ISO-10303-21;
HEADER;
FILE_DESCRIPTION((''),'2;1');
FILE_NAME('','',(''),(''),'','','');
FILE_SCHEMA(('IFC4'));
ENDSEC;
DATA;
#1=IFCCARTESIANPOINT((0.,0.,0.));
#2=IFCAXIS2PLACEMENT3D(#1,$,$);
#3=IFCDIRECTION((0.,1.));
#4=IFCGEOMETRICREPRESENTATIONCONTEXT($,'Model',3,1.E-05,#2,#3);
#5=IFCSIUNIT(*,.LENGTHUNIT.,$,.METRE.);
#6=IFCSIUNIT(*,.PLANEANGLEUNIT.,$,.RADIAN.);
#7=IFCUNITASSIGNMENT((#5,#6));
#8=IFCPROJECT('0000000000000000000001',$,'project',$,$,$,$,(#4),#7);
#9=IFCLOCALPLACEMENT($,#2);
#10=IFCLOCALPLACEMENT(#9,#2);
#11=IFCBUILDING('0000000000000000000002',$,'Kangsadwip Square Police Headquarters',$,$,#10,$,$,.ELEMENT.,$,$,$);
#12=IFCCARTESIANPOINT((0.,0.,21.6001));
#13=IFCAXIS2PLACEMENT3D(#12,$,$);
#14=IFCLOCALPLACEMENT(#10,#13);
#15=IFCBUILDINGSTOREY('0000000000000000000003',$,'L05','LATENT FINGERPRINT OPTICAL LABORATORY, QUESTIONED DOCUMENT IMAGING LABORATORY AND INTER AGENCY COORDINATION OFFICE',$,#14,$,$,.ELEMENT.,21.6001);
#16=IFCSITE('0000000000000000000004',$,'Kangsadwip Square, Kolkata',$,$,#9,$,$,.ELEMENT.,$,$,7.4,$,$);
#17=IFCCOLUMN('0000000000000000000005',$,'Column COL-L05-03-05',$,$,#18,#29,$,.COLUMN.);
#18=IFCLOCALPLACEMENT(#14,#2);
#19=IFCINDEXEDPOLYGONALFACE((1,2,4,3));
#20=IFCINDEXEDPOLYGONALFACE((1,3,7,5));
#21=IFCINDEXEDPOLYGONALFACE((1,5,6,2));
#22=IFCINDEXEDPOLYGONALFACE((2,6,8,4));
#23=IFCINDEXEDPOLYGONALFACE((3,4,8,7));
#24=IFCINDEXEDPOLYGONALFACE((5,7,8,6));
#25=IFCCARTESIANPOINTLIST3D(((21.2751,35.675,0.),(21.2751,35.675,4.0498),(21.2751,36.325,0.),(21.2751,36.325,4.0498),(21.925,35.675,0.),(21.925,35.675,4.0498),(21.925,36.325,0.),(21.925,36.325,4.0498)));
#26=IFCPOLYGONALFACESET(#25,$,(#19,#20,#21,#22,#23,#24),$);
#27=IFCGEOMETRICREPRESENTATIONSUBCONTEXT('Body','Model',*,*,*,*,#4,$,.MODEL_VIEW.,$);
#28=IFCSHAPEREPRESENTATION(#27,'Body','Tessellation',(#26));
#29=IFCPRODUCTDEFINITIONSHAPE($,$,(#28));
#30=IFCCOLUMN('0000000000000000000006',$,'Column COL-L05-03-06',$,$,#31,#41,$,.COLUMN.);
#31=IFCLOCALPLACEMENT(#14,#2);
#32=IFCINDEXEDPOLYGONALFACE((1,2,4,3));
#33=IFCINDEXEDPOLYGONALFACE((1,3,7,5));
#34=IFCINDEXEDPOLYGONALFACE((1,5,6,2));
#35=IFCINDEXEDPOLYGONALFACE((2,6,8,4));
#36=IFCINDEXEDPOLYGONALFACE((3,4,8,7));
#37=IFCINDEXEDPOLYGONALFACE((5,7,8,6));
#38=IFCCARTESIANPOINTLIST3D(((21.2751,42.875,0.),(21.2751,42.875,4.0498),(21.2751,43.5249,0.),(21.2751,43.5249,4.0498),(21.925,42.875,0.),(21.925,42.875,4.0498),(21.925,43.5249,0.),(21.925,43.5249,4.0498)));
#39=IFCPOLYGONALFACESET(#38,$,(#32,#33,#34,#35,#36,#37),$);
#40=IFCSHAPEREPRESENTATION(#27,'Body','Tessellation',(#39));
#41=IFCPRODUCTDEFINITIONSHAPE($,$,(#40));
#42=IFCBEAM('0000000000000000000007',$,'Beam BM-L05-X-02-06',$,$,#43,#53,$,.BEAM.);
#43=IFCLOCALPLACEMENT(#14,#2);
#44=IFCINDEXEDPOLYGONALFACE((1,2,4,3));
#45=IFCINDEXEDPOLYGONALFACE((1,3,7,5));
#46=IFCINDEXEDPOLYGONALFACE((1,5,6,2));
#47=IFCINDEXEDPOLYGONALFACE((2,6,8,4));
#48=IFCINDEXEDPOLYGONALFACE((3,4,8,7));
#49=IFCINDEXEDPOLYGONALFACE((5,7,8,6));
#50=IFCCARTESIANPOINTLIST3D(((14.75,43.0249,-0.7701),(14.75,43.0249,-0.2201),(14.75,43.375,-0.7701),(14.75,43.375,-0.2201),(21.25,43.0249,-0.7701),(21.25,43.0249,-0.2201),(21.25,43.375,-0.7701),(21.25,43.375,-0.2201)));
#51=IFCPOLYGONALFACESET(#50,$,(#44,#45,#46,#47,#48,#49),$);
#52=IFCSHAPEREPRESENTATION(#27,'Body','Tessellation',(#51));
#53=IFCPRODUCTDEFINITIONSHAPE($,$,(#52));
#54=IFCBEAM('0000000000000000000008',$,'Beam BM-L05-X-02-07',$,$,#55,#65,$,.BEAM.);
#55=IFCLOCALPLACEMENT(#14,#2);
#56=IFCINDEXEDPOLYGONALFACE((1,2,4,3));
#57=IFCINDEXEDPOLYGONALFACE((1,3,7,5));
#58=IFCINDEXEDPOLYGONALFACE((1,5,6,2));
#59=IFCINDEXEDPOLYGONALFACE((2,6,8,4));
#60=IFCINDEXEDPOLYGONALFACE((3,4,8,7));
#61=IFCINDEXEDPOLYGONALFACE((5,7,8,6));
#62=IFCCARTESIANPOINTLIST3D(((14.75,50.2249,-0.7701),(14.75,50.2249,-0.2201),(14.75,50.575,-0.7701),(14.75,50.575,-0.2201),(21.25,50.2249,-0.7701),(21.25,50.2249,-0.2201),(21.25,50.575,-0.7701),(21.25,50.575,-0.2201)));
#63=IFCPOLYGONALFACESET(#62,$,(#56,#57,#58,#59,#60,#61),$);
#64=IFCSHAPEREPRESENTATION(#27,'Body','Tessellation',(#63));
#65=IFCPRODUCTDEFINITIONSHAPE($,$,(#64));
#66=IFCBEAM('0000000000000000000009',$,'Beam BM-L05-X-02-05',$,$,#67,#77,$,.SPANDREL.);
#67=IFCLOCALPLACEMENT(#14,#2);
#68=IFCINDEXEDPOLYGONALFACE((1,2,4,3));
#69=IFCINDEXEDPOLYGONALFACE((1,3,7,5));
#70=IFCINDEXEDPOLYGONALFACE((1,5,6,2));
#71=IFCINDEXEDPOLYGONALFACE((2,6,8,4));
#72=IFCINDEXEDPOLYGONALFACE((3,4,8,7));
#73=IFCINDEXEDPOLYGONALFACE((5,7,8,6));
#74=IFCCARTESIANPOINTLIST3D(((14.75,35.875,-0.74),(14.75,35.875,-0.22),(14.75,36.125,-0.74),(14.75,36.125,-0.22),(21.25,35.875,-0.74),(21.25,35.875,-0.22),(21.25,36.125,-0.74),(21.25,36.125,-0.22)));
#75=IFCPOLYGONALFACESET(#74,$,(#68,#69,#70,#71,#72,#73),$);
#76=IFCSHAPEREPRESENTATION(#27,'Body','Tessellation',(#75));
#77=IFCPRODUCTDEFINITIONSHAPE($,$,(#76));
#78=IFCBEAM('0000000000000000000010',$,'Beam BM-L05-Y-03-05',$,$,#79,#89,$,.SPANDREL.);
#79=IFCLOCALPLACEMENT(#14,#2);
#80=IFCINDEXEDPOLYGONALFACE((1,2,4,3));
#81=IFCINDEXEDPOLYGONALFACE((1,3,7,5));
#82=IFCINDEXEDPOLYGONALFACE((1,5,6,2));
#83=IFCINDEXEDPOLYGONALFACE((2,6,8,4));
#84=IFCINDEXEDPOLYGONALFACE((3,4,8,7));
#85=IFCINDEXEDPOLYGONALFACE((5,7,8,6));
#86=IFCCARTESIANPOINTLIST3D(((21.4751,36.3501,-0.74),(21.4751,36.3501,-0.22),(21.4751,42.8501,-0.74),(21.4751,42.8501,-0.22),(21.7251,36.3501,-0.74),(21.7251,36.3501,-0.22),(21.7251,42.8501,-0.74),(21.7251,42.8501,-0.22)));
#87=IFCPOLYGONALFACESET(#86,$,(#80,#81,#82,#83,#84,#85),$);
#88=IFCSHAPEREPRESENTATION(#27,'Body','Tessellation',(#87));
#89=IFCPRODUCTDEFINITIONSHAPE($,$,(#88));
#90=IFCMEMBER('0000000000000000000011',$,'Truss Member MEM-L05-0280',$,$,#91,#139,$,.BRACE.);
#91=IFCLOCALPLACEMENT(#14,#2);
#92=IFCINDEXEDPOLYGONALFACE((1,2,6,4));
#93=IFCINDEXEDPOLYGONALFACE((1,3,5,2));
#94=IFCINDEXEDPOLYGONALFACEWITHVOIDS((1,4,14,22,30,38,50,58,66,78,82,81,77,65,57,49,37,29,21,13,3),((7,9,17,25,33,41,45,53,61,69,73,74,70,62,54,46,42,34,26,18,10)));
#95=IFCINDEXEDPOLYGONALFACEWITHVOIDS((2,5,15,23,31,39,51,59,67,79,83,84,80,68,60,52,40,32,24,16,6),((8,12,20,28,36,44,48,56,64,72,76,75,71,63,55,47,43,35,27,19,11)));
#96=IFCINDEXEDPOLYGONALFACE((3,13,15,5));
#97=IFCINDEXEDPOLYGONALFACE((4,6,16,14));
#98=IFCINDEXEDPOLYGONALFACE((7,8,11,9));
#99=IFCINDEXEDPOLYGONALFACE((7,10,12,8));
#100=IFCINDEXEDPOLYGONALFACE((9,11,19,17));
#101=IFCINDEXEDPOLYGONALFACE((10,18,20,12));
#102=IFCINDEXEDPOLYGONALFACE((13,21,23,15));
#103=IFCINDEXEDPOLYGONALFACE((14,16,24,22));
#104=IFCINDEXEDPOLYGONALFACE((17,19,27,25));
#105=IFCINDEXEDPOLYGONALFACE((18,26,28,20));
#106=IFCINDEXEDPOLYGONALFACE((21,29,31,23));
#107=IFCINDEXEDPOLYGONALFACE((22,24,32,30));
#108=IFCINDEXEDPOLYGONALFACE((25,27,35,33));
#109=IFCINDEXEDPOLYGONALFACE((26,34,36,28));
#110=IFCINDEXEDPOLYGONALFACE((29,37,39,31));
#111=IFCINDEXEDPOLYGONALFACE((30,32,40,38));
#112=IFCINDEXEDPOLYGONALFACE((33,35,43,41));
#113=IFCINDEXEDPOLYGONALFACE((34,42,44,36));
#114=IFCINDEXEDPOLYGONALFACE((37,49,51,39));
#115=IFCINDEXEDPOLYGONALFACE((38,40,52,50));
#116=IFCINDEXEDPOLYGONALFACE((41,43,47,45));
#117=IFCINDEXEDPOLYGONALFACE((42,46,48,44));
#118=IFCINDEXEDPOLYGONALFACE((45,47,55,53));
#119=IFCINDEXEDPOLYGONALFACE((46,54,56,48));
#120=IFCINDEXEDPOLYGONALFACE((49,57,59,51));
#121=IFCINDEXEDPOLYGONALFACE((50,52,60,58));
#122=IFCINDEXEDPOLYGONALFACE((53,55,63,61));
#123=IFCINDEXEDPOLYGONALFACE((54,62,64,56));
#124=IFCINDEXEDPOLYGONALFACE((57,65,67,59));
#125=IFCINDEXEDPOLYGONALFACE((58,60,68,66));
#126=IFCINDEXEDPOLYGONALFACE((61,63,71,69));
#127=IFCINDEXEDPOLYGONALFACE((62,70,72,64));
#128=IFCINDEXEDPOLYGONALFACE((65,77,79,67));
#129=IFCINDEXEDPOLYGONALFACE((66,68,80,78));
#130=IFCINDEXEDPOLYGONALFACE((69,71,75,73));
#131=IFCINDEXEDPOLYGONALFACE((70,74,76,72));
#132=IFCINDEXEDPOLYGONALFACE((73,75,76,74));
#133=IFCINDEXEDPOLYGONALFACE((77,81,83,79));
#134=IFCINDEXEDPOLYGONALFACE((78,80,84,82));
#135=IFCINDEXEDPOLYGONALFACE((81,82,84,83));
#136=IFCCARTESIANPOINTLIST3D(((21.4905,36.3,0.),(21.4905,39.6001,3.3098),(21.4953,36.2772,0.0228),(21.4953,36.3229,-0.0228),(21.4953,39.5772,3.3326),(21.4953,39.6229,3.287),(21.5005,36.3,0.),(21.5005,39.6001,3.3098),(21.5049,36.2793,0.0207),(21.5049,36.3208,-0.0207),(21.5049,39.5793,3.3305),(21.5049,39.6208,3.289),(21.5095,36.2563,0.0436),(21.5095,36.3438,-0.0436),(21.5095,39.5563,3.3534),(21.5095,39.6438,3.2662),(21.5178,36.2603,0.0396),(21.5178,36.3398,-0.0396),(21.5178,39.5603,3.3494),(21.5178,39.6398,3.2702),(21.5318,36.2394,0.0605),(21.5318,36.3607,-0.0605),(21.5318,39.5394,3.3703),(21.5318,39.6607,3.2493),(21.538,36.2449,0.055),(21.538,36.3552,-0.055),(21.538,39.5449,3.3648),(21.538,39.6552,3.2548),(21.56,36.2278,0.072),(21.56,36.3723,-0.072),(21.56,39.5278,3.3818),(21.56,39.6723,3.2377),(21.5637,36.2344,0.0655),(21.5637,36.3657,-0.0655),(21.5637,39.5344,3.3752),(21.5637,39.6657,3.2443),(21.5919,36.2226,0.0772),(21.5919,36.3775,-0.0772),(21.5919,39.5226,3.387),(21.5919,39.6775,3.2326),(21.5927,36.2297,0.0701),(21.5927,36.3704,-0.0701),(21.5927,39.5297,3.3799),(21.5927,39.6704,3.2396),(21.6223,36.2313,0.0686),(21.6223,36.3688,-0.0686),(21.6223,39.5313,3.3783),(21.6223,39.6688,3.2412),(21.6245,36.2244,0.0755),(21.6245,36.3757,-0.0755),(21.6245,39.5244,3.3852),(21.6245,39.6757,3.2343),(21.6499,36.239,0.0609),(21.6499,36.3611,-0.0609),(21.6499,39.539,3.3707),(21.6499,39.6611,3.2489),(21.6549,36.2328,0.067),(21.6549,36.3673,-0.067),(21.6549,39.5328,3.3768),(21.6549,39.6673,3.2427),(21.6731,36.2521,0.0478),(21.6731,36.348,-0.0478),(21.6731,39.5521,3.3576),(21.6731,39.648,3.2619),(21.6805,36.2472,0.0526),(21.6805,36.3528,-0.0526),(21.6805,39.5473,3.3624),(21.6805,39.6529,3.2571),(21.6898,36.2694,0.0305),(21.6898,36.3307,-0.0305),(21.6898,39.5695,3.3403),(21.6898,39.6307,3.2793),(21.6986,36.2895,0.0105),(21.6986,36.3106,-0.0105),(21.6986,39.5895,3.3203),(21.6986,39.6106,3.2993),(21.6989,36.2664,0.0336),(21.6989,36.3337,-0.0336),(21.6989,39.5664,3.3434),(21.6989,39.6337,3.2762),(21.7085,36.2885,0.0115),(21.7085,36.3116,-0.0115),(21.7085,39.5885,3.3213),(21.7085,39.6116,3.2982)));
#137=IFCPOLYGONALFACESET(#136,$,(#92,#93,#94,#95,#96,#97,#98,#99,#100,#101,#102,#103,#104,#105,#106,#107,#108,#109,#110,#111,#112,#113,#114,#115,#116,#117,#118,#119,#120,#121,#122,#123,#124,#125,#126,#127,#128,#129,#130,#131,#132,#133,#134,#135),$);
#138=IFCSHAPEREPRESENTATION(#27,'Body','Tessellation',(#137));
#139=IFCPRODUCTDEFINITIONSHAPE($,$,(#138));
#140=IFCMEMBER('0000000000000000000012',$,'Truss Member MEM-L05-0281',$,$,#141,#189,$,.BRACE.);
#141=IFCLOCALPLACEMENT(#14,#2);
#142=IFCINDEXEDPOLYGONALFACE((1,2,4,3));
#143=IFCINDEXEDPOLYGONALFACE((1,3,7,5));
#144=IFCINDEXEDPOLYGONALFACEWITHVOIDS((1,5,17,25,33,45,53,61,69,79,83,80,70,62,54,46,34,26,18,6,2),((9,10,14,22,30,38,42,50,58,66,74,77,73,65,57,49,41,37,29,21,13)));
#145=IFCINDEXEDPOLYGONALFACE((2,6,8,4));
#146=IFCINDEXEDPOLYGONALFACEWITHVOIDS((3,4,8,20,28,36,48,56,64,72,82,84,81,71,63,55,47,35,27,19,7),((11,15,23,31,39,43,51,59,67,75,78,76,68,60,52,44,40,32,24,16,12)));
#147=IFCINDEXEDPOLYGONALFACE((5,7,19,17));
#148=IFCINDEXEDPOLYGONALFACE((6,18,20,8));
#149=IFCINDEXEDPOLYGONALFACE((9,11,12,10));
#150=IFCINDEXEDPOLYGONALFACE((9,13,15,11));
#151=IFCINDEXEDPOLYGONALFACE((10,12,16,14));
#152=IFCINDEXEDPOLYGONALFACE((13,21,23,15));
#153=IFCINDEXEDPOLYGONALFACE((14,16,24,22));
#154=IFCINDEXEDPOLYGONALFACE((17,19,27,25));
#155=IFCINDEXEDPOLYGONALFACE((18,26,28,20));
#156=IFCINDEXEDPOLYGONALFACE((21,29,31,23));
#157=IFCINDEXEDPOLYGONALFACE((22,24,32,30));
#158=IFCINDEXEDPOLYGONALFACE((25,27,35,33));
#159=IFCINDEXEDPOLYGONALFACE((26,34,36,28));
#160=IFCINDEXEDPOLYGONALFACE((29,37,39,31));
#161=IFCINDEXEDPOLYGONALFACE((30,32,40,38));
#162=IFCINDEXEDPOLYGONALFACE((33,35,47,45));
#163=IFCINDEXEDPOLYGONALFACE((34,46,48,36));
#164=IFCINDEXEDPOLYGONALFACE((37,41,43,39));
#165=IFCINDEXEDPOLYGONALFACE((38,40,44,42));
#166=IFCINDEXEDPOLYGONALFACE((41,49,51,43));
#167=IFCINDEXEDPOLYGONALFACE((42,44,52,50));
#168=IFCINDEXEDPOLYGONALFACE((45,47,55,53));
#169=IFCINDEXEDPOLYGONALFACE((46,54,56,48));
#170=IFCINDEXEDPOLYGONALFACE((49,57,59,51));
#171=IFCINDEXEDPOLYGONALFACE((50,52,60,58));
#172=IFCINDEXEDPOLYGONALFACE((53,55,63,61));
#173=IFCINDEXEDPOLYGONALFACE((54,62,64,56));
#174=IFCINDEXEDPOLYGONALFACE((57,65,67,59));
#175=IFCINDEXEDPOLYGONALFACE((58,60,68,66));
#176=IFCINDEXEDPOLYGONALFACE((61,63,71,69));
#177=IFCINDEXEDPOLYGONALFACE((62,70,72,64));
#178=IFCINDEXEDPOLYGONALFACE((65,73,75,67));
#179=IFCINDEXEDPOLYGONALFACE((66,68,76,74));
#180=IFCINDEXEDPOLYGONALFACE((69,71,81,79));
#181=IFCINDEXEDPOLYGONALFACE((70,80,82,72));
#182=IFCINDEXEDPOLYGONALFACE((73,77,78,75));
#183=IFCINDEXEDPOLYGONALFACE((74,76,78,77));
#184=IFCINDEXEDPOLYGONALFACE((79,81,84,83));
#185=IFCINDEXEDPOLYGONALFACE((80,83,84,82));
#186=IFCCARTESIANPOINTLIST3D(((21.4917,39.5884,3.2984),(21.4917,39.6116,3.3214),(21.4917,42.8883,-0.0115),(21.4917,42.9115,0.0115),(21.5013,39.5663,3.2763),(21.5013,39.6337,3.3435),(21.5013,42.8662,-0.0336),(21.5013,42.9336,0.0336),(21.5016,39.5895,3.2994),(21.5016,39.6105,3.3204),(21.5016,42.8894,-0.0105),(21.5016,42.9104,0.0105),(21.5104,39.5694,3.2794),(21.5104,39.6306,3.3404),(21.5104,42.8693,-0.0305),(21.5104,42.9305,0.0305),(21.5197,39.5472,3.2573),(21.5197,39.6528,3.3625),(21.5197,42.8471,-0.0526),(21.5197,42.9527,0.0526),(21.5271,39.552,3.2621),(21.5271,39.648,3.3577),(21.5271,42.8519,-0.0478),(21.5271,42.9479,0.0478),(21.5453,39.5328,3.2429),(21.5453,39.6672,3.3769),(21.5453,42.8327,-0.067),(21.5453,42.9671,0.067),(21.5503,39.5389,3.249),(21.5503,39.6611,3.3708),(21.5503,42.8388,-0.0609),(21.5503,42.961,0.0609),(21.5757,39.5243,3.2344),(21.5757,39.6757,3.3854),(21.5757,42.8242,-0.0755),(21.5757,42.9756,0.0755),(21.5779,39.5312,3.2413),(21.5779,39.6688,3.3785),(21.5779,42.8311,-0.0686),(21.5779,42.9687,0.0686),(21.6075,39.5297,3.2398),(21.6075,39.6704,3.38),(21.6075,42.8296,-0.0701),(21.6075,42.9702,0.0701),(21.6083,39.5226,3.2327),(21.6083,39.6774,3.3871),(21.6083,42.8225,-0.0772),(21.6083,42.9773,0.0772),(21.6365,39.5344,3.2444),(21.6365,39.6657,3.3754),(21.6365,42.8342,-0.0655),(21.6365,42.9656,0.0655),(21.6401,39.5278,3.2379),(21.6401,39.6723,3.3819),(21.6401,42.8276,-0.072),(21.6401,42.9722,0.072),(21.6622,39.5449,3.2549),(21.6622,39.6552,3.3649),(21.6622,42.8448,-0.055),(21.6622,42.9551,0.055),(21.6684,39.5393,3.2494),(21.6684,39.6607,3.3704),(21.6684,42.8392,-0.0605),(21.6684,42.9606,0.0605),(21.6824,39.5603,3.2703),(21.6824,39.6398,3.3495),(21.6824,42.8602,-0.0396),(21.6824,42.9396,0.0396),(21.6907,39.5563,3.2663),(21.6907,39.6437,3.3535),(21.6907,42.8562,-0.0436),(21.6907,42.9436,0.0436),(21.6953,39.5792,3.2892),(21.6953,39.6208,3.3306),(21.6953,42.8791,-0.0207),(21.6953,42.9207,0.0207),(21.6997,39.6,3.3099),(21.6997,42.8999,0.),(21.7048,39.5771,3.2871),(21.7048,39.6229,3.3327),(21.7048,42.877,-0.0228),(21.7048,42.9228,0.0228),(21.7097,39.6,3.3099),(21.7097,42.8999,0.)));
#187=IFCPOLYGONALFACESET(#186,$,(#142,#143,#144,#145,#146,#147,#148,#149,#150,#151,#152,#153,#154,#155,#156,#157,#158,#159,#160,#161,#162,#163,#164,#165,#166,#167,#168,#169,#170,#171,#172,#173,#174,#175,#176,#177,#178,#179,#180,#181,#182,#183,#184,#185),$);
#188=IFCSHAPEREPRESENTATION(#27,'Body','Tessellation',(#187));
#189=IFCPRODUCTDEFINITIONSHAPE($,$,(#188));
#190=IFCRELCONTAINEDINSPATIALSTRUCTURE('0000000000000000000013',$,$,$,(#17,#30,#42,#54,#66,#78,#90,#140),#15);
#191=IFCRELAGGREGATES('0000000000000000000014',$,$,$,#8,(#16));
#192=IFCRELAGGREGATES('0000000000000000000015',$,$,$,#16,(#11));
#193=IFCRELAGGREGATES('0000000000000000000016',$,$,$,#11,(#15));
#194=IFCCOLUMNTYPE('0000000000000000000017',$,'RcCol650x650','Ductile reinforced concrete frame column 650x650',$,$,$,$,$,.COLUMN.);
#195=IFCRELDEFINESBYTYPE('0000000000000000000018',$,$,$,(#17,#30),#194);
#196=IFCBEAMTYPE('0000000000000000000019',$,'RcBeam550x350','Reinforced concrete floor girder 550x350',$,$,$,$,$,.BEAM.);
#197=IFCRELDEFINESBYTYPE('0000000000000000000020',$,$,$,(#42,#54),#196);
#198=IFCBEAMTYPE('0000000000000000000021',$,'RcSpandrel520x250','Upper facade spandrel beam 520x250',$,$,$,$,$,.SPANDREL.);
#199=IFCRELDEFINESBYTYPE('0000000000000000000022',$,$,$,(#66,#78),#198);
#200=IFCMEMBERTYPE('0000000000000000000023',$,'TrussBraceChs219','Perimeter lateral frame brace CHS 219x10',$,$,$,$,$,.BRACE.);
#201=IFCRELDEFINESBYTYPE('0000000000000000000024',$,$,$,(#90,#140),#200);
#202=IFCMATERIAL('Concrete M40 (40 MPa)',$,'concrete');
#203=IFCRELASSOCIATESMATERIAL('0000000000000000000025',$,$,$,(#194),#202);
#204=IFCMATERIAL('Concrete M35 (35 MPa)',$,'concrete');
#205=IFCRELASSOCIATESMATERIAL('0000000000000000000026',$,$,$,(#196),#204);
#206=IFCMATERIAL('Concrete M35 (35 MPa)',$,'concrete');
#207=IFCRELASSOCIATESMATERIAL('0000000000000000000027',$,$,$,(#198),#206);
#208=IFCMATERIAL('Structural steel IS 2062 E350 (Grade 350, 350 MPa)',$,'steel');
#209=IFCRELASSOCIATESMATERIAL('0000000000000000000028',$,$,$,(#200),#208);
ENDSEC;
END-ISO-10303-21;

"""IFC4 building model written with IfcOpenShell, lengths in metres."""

from ifc_helpers import new_model, si_unit, direction, frame, origin, origin_2d, place, context, subcontext, project, spatial, rectangle, hollow_circle, extrude, material, material_profile, profile_set, type_object, element, save


model = new_model("IFC4")

# Units and contexts
model_context = context("Model", 3, precision=1e-05, world=origin(), true_north=direction((0.0, 1.0)))
body_context = subcontext(model_context, "Body", "Model", "MODEL_VIEW")
ifc_project = project(units=[si_unit("LENGTHUNIT", "METRE"), si_unit("PLANEANGLEUNIT", "RADIAN")], contexts=[model_context])

# Site, building, storey
site_placement = place(None, origin())
site = spatial("IfcSite", under=ifc_project, at=site_placement, Name="Kangsadwip Square, Kolkata", CompositionType="ELEMENT", RefElevation=7.4)
building_placement = place(site_placement, origin())
building = spatial("IfcBuilding", under=site, at=building_placement, Name="Kangsadwip Square Police Headquarters", CompositionType="ELEMENT")
storey_placement = place(building_placement, frame((0.0, 0.0, 21.6001)))
storey = spatial("IfcBuildingStorey", under=building, at=storey_placement, Name="L05", Description="LATENT FINGERPRINT OPTICAL LABORATORY, QUESTIONED DOCUMENT IMAGING LABORATORY AND INTER AGENCY COORDINATION OFFICE", CompositionType="ELEMENT", Elevation=21.6001)

# Columns
ifc_material_1 = material(Name="Concrete M40 (40 MPa)", Category="concrete")
ifc_material_profile_1 = material_profile(ifc_material_1, rectangle(XDim=0.6499, YDim=0.6499, at=origin_2d()), Name="RC COL 650X650")
ifc_profile_set_1 = profile_set([ifc_material_profile_1], Name="Concrete M40 (40 MPa)")
column_type = type_object("IfcColumnType", Name="RcCol650x650", Description="Ductile reinforced concrete frame column 650x650", PredefinedType="COLUMN", material=ifc_profile_set_1)
for number, where, z_axis, x_axis, name in (
    (1, (21.6001, 36.0, 0.0), (0.0, 0.0, 1.0), (1.0, 0.0, 0.0), "Column COL-L05-03-05"),
    (2, (21.6001, 43.2, 0.0), (0.0, 0.0, 1.0), (1.0, 0.0, 0.0), "Column COL-L05-03-06"),
):
    element("IfcColumn", number, at=place(storey_placement, frame(where, z_axis=z_axis, x_axis=x_axis)), inside=storey, type_object=column_type, Name=name, PredefinedType="COLUMN", context=body_context, shape_type="SweptSolid", body=[
        extrude(rectangle(XDim=0.6499, YDim=0.6499, at=origin_2d()), origin(), (0.0, 0.0, 1.0), 4.0498),
    ])

# Beams
ifc_material_2 = material(Name="Concrete M35 (35 MPa)", Category="concrete")
ifc_material_profile_2 = material_profile(ifc_material_2, rectangle(XDim=0.3501, YDim=0.55, at=origin_2d()), Name="RC BM 550X350")
ifc_profile_set_2 = profile_set([ifc_material_profile_2], Name="Concrete M35 (35 MPa)")
beam_type_1 = type_object("IfcBeamType", Name="RcBeam550x350", Description="Reinforced concrete floor girder 550x350", PredefinedType="BEAM", material=ifc_profile_set_2)
for number, where, z_axis, x_axis, name in (
    (3, (14.75, 43.2, -0.4951), (1.0, 0.0, 0.0), (0.0, 1.0, 0.0), "Beam BM-L05-X-02-06"),
    (4, (14.75, 50.3999, -0.4951), (1.0, 0.0, 0.0), (0.0, 1.0, 0.0), "Beam BM-L05-X-02-07"),
):
    element("IfcBeam", number, at=place(storey_placement, frame(where, z_axis=z_axis, x_axis=x_axis)), inside=storey, type_object=beam_type_1, Name=name, PredefinedType="BEAM", context=body_context, shape_type="SweptSolid", body=[
        extrude(rectangle(XDim=0.3501, YDim=0.55, at=origin_2d()), origin(), (0.0, 0.0, 1.0), 6.5),
    ])
ifc_material_3 = material(Name="Concrete M35 (35 MPa)", Category="concrete")
ifc_material_profile_3 = material_profile(ifc_material_3, rectangle(XDim=0.25, YDim=0.52, at=origin_2d()), Name="RC SPN 520X250")
ifc_profile_set_3 = profile_set([ifc_material_profile_3], Name="Concrete M35 (35 MPa)")
beam_type_2 = type_object("IfcBeamType", Name="RcSpandrel520x250", Description="Upper facade spandrel beam 520x250", PredefinedType="SPANDREL", material=ifc_profile_set_3)
for number, where, z_axis, x_axis, name in (
    (5, (14.75, 36.0, -0.48), (1.0, 0.0, 0.0), (0.0, 1.0, 0.0), "Beam BM-L05-X-02-05"),
    (6, (21.6001, 36.3501, -0.48), (0.0, 1.0, 0.0), (-1.0, 0.0, 0.0), "Beam BM-L05-Y-03-05"),
):
    element("IfcBeam", number, at=place(storey_placement, frame(where, z_axis=z_axis, x_axis=x_axis)), inside=storey, type_object=beam_type_2, Name=name, PredefinedType="SPANDREL", context=body_context, shape_type="SweptSolid", body=[
        extrude(rectangle(XDim=0.25, YDim=0.52, at=origin_2d()), origin(), (0.0, 0.0, 1.0), 6.5),
    ])

# Members
ifc_material_4 = material(Name="Structural steel IS 2062 E350 (Grade 350, 350 MPa)", Category="steel")
ifc_material_profile_4 = material_profile(ifc_material_4, hollow_circle(Radius=0.1096, WallThickness=0.01, at=origin_2d()), Name="CHS 219X10")
ifc_profile_set_4 = profile_set([ifc_material_profile_4], Name="Structural steel IS 2062 E350 (Grade 350, 350 MPa)")
member_type = type_object("IfcMemberType", Name="TrussBraceChs219", Description="Perimeter lateral frame brace CHS 219x10", PredefinedType="BRACE", material=ifc_profile_set_4)
for number, where, z_axis, x_axis, name in (
    (7, (21.6001, 36.3, 0.0), (0.0, 0.706061, 0.708151), (-1.0, 0.0, 0.0), "Truss Member MEM-L05-0280"),
    (8, (21.6001, 42.8999, 0.0), (0.0, -0.706035, 0.708177), (1.0, 0.0, 0.0), "Truss Member MEM-L05-0281"),
):
    element("IfcMember", number, at=place(storey_placement, frame(where, z_axis=z_axis, x_axis=x_axis)), inside=storey, type_object=member_type, Name=name, PredefinedType="BRACE", context=body_context, shape_type="SweptSolid", body=[
        extrude(hollow_circle(Radius=0.1096, WallThickness=0.01, at=origin_2d()), origin(), (0.0, 0.0, 1.0), 4.6738),
    ])

save(model, "model.ifc")
